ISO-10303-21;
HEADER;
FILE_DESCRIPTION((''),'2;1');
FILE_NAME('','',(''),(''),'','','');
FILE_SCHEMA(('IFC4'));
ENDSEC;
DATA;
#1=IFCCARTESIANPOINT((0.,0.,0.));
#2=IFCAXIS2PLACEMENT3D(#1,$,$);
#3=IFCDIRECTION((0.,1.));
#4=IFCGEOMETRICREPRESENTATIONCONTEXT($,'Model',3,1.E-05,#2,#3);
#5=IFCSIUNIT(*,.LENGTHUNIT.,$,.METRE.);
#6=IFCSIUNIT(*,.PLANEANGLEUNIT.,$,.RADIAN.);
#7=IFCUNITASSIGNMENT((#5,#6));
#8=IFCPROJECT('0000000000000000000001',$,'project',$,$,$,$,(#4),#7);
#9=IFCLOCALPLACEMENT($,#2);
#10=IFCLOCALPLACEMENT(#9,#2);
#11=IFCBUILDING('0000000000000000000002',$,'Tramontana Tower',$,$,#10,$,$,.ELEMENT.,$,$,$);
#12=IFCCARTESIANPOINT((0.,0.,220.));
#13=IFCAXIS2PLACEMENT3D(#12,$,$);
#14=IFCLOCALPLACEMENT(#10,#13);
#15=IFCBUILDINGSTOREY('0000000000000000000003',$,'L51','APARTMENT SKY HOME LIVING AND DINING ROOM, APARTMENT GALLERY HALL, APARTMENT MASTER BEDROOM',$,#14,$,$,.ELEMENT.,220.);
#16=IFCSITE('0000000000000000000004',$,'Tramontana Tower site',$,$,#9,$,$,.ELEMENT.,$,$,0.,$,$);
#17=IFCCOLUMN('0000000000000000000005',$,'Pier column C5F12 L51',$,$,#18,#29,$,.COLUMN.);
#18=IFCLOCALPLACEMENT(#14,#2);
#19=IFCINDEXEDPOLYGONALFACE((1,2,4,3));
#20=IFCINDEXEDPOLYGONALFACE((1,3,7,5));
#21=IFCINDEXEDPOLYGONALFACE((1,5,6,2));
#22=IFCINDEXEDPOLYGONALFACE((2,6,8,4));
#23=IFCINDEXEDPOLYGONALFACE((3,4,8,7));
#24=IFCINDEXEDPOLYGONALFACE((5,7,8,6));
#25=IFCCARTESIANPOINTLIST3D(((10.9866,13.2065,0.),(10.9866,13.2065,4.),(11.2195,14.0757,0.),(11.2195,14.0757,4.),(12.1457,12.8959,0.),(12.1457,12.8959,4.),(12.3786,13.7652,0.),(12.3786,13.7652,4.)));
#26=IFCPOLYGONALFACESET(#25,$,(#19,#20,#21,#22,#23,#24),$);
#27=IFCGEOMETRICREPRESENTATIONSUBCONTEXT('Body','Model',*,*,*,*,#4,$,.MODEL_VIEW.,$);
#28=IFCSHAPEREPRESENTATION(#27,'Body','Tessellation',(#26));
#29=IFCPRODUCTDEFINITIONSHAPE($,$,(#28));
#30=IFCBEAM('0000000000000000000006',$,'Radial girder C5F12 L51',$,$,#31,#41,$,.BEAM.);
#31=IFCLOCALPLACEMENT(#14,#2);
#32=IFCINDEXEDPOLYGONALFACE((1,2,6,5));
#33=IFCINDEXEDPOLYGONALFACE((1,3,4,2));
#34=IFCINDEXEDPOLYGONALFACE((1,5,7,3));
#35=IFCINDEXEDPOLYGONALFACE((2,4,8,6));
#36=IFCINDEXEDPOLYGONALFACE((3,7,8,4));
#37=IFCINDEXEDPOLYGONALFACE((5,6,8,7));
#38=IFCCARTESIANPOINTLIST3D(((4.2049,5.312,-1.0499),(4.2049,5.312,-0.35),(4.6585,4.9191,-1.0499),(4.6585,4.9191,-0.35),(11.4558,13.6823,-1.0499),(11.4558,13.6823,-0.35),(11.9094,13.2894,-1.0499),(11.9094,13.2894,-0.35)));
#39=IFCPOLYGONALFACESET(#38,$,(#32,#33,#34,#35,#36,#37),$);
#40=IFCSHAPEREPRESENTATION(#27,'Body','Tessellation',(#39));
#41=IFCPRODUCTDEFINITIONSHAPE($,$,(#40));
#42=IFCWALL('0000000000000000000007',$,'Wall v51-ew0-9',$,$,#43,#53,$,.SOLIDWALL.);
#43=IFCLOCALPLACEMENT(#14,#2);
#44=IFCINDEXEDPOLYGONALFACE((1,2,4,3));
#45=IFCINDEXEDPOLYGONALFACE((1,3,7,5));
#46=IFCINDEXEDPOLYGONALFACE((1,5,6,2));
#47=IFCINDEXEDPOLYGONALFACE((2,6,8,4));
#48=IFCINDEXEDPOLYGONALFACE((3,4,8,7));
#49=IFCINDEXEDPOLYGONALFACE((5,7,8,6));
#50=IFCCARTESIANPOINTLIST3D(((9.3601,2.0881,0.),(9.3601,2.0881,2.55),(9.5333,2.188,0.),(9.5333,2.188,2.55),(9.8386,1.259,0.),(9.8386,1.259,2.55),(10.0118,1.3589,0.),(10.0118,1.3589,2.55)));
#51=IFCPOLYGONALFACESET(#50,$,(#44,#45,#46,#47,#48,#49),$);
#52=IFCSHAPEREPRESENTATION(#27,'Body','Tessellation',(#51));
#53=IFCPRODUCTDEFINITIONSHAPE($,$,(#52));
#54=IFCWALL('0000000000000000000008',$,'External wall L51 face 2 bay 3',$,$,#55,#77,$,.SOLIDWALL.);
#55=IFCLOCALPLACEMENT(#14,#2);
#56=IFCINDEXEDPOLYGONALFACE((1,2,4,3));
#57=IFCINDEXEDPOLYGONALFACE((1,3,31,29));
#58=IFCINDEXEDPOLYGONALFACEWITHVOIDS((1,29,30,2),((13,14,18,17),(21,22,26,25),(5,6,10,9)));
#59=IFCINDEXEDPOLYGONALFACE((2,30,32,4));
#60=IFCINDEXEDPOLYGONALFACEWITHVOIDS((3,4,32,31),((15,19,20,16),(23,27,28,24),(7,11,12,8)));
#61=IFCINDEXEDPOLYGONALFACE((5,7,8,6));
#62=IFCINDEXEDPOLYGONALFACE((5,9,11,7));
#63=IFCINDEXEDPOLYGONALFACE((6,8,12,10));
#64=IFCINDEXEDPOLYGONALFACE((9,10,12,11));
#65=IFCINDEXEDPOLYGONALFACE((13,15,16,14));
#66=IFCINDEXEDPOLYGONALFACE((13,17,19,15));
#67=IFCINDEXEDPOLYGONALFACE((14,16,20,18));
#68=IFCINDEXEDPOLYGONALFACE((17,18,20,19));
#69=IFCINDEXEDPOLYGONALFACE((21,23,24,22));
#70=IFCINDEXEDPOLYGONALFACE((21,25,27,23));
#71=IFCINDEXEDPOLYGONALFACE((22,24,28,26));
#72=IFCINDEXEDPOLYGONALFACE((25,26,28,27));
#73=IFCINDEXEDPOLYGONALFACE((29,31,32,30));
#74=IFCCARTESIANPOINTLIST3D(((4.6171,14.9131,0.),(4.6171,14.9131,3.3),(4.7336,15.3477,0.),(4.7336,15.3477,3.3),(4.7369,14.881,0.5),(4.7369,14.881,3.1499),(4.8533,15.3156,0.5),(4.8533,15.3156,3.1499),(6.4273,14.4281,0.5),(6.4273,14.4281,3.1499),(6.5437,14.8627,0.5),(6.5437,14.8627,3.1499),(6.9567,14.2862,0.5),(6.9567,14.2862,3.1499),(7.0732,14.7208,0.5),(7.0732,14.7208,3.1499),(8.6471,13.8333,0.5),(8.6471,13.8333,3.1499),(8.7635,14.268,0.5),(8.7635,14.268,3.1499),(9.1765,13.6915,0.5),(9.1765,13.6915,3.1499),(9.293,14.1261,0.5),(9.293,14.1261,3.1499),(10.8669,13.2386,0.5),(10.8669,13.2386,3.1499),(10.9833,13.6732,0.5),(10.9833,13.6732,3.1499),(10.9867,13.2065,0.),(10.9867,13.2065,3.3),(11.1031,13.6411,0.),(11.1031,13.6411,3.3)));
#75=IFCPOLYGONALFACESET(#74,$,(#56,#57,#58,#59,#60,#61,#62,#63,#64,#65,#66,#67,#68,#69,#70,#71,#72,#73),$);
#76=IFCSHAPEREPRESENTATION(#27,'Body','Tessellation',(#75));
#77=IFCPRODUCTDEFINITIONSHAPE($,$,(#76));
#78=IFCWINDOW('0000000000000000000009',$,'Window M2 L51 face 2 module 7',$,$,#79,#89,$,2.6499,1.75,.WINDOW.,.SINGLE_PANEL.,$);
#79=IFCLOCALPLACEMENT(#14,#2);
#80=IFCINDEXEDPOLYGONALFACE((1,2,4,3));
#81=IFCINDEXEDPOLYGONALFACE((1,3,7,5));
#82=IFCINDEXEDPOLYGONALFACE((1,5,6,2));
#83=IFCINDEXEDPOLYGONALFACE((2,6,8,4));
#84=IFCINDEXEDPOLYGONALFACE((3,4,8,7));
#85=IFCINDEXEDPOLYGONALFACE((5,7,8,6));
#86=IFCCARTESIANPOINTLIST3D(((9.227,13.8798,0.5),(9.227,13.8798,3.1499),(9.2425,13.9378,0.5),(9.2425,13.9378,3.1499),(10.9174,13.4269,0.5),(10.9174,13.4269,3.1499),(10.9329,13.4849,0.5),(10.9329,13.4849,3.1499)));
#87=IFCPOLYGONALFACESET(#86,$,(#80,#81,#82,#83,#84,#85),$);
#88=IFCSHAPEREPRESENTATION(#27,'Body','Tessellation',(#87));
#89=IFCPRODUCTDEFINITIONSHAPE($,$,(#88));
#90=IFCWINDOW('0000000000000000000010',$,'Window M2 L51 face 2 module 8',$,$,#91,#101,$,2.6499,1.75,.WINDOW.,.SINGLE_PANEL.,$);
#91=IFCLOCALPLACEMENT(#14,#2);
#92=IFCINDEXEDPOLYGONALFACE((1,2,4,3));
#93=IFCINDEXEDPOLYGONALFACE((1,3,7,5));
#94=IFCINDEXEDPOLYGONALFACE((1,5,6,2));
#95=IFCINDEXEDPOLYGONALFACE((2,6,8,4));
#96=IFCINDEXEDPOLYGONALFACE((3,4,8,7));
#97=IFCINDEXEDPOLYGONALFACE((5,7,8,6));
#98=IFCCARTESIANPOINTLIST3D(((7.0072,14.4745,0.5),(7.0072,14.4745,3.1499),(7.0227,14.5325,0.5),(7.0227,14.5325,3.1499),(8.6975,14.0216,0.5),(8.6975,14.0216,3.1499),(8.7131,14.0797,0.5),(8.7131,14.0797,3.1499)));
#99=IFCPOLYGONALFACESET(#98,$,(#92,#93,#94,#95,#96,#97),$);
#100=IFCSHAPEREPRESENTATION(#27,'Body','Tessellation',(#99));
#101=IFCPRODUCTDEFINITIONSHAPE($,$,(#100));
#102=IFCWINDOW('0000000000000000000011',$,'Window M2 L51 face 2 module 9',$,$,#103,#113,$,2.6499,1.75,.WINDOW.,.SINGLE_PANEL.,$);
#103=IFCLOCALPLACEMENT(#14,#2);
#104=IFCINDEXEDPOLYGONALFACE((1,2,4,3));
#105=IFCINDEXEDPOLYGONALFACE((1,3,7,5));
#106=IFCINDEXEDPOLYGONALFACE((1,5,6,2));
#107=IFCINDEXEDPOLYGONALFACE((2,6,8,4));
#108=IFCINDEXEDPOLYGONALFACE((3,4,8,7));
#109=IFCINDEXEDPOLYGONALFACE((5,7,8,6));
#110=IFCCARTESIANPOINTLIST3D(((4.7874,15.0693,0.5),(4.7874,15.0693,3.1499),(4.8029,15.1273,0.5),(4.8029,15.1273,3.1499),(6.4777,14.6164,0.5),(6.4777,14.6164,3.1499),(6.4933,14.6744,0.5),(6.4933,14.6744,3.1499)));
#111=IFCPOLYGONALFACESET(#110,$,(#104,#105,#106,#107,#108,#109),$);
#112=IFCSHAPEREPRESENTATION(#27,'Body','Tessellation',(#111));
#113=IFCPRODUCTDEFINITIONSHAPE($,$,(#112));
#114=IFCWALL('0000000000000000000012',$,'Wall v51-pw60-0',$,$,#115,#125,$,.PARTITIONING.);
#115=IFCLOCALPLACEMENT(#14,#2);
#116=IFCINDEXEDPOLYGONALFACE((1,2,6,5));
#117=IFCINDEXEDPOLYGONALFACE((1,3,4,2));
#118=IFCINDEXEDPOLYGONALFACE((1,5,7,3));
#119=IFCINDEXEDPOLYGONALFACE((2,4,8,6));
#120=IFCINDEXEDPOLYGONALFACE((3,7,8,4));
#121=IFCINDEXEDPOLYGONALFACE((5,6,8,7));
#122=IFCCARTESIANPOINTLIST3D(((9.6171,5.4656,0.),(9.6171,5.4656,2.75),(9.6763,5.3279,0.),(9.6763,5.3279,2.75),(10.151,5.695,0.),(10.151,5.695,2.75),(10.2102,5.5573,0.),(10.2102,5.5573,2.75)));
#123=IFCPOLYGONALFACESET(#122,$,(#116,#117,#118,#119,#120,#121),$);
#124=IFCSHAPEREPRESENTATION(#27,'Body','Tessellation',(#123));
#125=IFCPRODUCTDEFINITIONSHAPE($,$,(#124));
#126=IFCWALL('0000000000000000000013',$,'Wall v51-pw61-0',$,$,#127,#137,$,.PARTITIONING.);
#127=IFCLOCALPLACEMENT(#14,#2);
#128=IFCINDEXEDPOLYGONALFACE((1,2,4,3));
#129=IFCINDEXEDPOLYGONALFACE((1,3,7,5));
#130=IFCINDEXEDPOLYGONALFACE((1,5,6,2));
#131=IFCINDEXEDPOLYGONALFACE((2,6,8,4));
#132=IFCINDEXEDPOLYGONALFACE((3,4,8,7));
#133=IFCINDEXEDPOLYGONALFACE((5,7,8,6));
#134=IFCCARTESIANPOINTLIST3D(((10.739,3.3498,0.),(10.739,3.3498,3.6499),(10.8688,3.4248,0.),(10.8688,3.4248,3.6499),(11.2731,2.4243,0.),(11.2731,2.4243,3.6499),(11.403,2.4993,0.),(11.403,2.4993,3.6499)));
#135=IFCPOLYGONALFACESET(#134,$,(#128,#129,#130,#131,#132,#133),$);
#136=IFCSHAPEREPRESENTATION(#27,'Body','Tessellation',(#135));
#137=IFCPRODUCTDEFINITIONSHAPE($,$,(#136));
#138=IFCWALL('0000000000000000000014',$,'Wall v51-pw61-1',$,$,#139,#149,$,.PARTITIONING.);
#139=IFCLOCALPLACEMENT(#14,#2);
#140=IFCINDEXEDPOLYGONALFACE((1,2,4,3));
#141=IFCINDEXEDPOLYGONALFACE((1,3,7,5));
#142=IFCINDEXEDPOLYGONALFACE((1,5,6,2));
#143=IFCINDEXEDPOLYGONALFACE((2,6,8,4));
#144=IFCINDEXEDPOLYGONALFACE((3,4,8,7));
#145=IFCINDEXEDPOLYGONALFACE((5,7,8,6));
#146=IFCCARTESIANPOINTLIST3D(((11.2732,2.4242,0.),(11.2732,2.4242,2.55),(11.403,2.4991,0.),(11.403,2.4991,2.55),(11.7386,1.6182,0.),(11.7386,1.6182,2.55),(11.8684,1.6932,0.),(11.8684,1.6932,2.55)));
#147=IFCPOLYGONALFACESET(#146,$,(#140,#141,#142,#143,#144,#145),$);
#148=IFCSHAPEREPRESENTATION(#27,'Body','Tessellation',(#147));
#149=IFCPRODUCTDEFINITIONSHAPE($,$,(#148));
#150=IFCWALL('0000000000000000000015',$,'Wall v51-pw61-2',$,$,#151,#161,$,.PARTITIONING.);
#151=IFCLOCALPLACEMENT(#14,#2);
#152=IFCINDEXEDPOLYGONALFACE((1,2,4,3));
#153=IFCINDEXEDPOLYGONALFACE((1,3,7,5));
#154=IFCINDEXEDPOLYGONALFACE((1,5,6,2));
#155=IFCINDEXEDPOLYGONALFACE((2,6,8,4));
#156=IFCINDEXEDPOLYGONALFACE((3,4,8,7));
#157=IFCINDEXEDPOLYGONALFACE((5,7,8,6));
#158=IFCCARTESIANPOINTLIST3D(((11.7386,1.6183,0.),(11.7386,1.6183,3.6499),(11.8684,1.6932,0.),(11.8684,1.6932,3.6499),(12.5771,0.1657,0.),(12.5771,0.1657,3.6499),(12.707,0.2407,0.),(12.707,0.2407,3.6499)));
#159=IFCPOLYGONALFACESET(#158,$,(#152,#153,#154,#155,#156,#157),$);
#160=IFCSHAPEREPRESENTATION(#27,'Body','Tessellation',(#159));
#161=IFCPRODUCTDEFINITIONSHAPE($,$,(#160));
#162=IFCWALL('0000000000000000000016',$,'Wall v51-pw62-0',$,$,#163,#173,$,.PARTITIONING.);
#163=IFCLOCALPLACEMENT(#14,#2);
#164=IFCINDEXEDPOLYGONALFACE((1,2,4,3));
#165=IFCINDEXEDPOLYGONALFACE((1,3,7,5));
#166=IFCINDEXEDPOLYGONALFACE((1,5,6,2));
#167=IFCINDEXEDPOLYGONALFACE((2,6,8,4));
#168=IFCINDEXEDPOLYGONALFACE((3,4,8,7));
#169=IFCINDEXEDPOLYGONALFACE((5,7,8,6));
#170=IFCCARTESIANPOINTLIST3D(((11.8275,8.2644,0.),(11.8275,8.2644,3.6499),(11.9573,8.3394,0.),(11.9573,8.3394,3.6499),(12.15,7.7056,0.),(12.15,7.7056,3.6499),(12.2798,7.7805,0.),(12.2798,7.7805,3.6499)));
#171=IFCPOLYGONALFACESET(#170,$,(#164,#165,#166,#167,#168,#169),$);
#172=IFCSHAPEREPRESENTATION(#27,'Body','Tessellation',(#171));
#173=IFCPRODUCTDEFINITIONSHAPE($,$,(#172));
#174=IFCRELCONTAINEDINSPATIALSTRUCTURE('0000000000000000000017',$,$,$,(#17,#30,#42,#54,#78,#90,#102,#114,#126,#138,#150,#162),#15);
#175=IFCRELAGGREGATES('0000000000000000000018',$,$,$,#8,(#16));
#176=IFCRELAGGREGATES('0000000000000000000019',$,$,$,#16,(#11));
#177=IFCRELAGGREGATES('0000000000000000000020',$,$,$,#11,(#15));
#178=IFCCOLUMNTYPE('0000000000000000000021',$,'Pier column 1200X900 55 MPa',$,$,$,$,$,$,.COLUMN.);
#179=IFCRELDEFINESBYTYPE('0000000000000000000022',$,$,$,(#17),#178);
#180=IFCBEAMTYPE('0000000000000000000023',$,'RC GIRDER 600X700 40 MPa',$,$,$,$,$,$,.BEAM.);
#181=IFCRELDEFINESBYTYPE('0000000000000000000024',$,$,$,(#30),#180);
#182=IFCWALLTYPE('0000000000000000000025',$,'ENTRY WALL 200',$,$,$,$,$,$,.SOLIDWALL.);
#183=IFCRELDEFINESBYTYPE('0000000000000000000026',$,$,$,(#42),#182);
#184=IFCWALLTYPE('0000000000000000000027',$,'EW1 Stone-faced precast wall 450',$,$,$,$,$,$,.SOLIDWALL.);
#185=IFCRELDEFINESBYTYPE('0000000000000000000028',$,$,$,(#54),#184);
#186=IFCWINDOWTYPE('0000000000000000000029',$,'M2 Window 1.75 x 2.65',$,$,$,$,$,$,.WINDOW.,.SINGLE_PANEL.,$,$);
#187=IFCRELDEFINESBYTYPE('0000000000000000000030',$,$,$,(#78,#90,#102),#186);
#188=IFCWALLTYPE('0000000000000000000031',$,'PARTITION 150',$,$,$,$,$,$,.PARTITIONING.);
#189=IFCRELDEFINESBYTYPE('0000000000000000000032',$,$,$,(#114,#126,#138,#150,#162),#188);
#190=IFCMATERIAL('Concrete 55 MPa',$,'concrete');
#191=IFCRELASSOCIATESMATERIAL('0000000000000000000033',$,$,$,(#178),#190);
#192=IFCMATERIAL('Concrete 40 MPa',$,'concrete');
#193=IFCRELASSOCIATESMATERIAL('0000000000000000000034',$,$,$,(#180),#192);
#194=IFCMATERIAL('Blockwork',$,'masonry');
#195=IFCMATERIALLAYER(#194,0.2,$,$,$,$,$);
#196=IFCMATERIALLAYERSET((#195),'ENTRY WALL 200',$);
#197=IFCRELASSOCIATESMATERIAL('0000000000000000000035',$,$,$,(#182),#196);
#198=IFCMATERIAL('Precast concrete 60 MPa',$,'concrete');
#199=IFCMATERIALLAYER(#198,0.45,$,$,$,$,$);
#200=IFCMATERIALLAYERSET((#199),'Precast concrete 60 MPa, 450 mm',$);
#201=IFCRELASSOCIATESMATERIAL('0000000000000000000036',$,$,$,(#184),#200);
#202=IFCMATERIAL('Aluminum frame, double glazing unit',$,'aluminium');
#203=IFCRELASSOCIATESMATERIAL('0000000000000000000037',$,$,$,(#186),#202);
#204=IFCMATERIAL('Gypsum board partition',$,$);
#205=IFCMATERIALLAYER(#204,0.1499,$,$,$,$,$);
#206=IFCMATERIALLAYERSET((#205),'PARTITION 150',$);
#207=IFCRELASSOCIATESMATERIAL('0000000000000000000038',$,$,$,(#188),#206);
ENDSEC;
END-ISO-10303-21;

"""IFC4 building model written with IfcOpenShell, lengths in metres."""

from ifc_helpers import new_model, si_unit, direction, frame, frame_2d, origin, origin_2d, place, context, subcontext, project, spatial, rectangle, extrude, material, layer, layer_set, material_profile, profile_set, type_object, element, fill, save


model = new_model("IFC4")

# Units and contexts
model_context = context("Model", 3, precision=1e-05, world=origin(), true_north=direction((0.0, 1.0)))
body_context = subcontext(model_context, "Body", "Model", "MODEL_VIEW")
ifc_project = project(units=[si_unit("LENGTHUNIT", "METRE"), si_unit("PLANEANGLEUNIT", "RADIAN")], contexts=[model_context])

# Site, building, storey
site_placement = place(None, origin())
site = spatial("IfcSite", under=ifc_project, at=site_placement, Name="Tramontana Tower site", CompositionType="ELEMENT", RefElevation=0.0)
building_placement = place(site_placement, origin())
building = spatial("IfcBuilding", under=site, at=building_placement, Name="Tramontana Tower", CompositionType="ELEMENT")
storey_placement = place(building_placement, frame((0.0, 0.0, 220.0)))
storey = spatial("IfcBuildingStorey", under=building, at=storey_placement, Name="L51", Description="APARTMENT SKY HOME LIVING AND DINING ROOM, APARTMENT GALLERY HALL, APARTMENT MASTER BEDROOM", CompositionType="ELEMENT", Elevation=220.0)

# Column
ifc_material_1 = material(Name="Concrete 55 MPa", Category="concrete")
ifc_material_profile_1 = material_profile(ifc_material_1, rectangle(XDim=1.2, YDim=0.8999, at=origin_2d()), Name="Pier column 1200X900 55 MPa")
ifc_profile_set_1 = profile_set([ifc_material_profile_1], Name="Concrete 55 MPa")
column_type = type_object("IfcColumnType", Name="Pier column 1200X900 55 MPa", PredefinedType="COLUMN", material=ifc_profile_set_1)
column_placement = place(storey_placement, frame((11.6826, 13.4858, 0.0), z_axis=(0.0, 0.0, 1.0), x_axis=(-0.965926, 0.258819, 0.0)))
element("IfcColumn", 1, at=column_placement, inside=storey, type_object=column_type, Name="Pier column C5F12 L51", PredefinedType="COLUMN", context=body_context, shape_type="SweptSolid", body=[
    extrude(rectangle(XDim=1.2, YDim=0.8999, at=origin_2d()), origin(), (0.0, 0.0, 1.0), 4.0),
])

# Beam
ifc_material_2 = material(Name="Concrete 40 MPa", Category="concrete")
ifc_material_profile_2 = material_profile(ifc_material_2, rectangle(XDim=0.6001, YDim=0.7, at=origin_2d()), Name="RC GIRDER 600X700 40 MPa")
ifc_profile_set_2 = profile_set([ifc_material_profile_2], Name="Concrete 40 MPa")
beam_type = type_object("IfcBeamType", Name="RC GIRDER 600X700 40 MPa", PredefinedType="BEAM", material=ifc_profile_set_2)
beam_placement = place(storey_placement, frame((11.6826, 13.4858, -0.7), z_axis=(-0.654758, -0.755838, 0.0), x_axis=(0.755838, -0.654758, 0.0)))
element("IfcBeam", 2, at=beam_placement, inside=storey, type_object=beam_type, Name="Radial girder C5F12 L51", PredefinedType="BEAM", context=body_context, shape_type="SweptSolid", body=[
    extrude(rectangle(XDim=0.6001, YDim=0.7, at=origin_2d()), origin(), (0.0, 0.0, 1.0), 11.0742),
])

# Wall
ifc_material_3 = material(Name="Blockwork", Category="masonry")
ifc_layer_1 = layer(ifc_material_3, 0.2)
ifc_layer_set_1 = layer_set([ifc_layer_1], Name="ENTRY WALL 200")
wall_type_1 = type_object("IfcWallType", Name="ENTRY WALL 200", PredefinedType="SOLIDWALL", material=ifc_layer_set_1)
wall_1_placement = place(storey_placement, frame((9.4468, 2.1379, 0.0), z_axis=(0.0, 0.0, 1.0), x_axis=(0.49987, -0.866101, 0.0)))
element("IfcWall", 3, at=wall_1_placement, inside=storey, type_object=wall_type_1, Name="Wall v51-ew0-9", PredefinedType="SOLIDWALL", context=body_context, shape_type="SweptSolid", body=[
    extrude(rectangle(XDim=0.9573, YDim=0.2, at=frame_2d((0.4785, 0.0))), origin(), (0.0, 0.0, 1.0), 2.55),
])

# Wall, openings, windows
ifc_material_4 = material(Name="Precast concrete 60 MPa", Category="concrete")
ifc_layer_2 = layer(ifc_material_4, 0.45)
ifc_layer_set_2 = layer_set([ifc_layer_2], Name="Precast concrete 60 MPa, 450 mm")
wall_type_2 = type_object("IfcWallType", Name="EW1 Stone-faced precast wall 450", PredefinedType="SOLIDWALL", material=ifc_layer_set_2)
wall_2_placement = place(storey_placement, frame((11.0449, 13.4238, 0.0), z_axis=(0.0, 0.0, 1.0), x_axis=(-0.965933, 0.258792, 0.0)))
wall_2 = element("IfcWall", 4, at=wall_2_placement, inside=storey, type_object=wall_type_2, Name="External wall L51 face 2 bay 3", PredefinedType="SOLIDWALL", context=body_context, shape_type="SweptSolid", body=[
    extrude(rectangle(XDim=6.5942, YDim=0.45, at=frame_2d((3.2971, 0.0))), origin(), (0.0, 0.0, 1.0), 3.3),
])
opening_1_placement = place(wall_2_placement, frame((0.124, 0.0, 0.5)))
opening_1 = element("IfcOpeningElement", 5, at=opening_1_placement, cuts=wall_2, PredefinedType="OPENING", context=body_context, shape_type="SweptSolid", body=[
    extrude(rectangle(XDim=1.75, YDim=2.6499, at=frame_2d((0.875, 1.325))), frame((0.0, 0.2349, 0.0), z_axis=(0.0, -1.0, 0.0), x_axis=(1.0, 0.0, 0.0)), (0.0, 0.0, 1.0), 0.47),
])
opening_2_placement = place(wall_2_placement, frame((2.4221, 0.0, 0.5)))
opening_2 = element("IfcOpeningElement", 6, at=opening_2_placement, cuts=wall_2, PredefinedType="OPENING", context=body_context, shape_type="SweptSolid", body=[
    extrude(rectangle(XDim=1.75, YDim=2.6499, at=frame_2d((0.875, 1.325))), frame((0.0, 0.2349, 0.0), z_axis=(0.0, -1.0, 0.0), x_axis=(1.0, 0.0, 0.0)), (0.0, 0.0, 1.0), 0.47),
])
opening_3_placement = place(wall_2_placement, frame((4.7202, 0.0, 0.5)))
opening_3 = element("IfcOpeningElement", 7, at=opening_3_placement, cuts=wall_2, PredefinedType="OPENING", context=body_context, shape_type="SweptSolid", body=[
    extrude(rectangle(XDim=1.75, YDim=2.6499, at=frame_2d((0.875, 1.325))), frame((0.0, 0.2349, 0.0), z_axis=(0.0, -1.0, 0.0), x_axis=(1.0, 0.0, 0.0)), (0.0, 0.0, 1.0), 0.47),
])
ifc_material_5 = material(Name="Aluminum frame, double glazing unit", Category="aluminium")
window_type = type_object("IfcWindowType", Name="M2 Window 1.75 x 2.65", PartitioningType="SINGLE_PANEL", PredefinedType="WINDOW", material=ifc_material_5)
window_1_placement = place(opening_1_placement, origin())
window_1 = element("IfcWindow", 8, at=window_1_placement, inside=storey, type_object=window_type, Name="Window M2 L51 face 2 module 7", OverallHeight=2.6499, OverallWidth=1.75, PartitioningType="SINGLE_PANEL", PredefinedType="WINDOW", context=body_context, shape_type="SweptSolid", body=[
    extrude(rectangle(XDim=1.75, YDim=2.6499, at=frame_2d((0.875, 1.325))), frame((0.0, 0.03, 0.0), z_axis=(0.0, -1.0, 0.0), x_axis=(1.0, 0.0, 0.0)), (0.0, 0.0, 1.0), 0.0601),
])
fill(opening_1, window_1)
window_2_placement = place(opening_2_placement, origin())
window_2 = element("IfcWindow", 9, at=window_2_placement, inside=storey, type_object=window_type, Name="Window M2 L51 face 2 module 8", OverallHeight=2.6499, OverallWidth=1.75, PartitioningType="SINGLE_PANEL", PredefinedType="WINDOW", context=body_context, shape_type="SweptSolid", body=[
    extrude(rectangle(XDim=1.75, YDim=2.6499, at=frame_2d((0.875, 1.325))), frame((0.0, 0.03, 0.0), z_axis=(0.0, -1.0, 0.0), x_axis=(1.0, 0.0, 0.0)), (0.0, 0.0, 1.0), 0.0601),
])
fill(opening_2, window_2)
window_3_placement = place(opening_3_placement, origin())
window_3 = element("IfcWindow", 10, at=window_3_placement, inside=storey, type_object=window_type, Name="Window M2 L51 face 2 module 9", OverallHeight=2.6499, OverallWidth=1.75, PartitioningType="SINGLE_PANEL", PredefinedType="WINDOW", context=body_context, shape_type="SweptSolid", body=[
    extrude(rectangle(XDim=1.75, YDim=2.6499, at=frame_2d((0.875, 1.325))), frame((0.0, 0.03, 0.0), z_axis=(0.0, -1.0, 0.0), x_axis=(1.0, 0.0, 0.0)), (0.0, 0.0, 1.0), 0.0601),
])
fill(opening_3, window_3)

# Wall
ifc_material_6 = material(Name="Gypsum board partition")
ifc_layer_3 = layer(ifc_material_6, 0.1499)
ifc_layer_set_3 = layer_set([ifc_layer_3], Name="PARTITION 150")
wall_type_3 = type_object("IfcWallType", Name="PARTITION 150", PredefinedType="PARTITIONING", material=ifc_layer_set_3)
wall_3_placement = place(storey_placement, frame((9.6467, 5.3967, 0.0), z_axis=(0.0, 0.0, 1.0), x_axis=(0.918732, 0.394882, 0.0)))
element("IfcWall", 11, at=wall_3_placement, inside=storey, type_object=wall_type_3, Name="Wall v51-pw60-0", PredefinedType="PARTITIONING", context=body_context, shape_type="SweptSolid", body=[
    extrude(rectangle(XDim=0.5811, YDim=0.1499, at=frame_2d((0.2905, 0.0))), origin(), (0.0, 0.0, 1.0), 2.75),
])

# Walls
wall_4_placement = place(storey_placement, frame((10.804, 3.3872, 0.0), z_axis=(0.0, 0.0, 1.0), x_axis=(0.499874, -0.866098, 0.0)))
element("IfcWall", 12, at=wall_4_placement, inside=storey, type_object=wall_type_3, Name="Wall v51-pw61-0", PredefinedType="PARTITIONING", context=body_context, shape_type="SweptSolid", body=[
    extrude(rectangle(XDim=1.0686, YDim=0.1499, at=frame_2d((0.5342, 0.0))), origin(), (0.0, 0.0, 1.0), 3.6499),
])
wall_5_placement = place(storey_placement, frame((11.3381, 2.4617, 0.0), z_axis=(0.0, 0.0, 1.0), x_axis=(0.500033, -0.866006, 0.0)))
element("IfcWall", 13, at=wall_5_placement, inside=storey, type_object=wall_type_3, Name="Wall v51-pw61-1", PredefinedType="PARTITIONING", context=body_context, shape_type="SweptSolid", body=[
    extrude(rectangle(XDim=0.9307, YDim=0.1499, at=frame_2d((0.4653, 0.0))), origin(), (0.0, 0.0, 1.0), 2.55),
])
wall_6_placement = place(storey_placement, frame((11.8035, 1.6558, 0.0), z_axis=(0.0, 0.0, 1.0), x_axis=(0.499974, -0.86604, 0.0)))
element("IfcWall", 14, at=wall_6_placement, inside=storey, type_object=wall_type_3, Name="Wall v51-pw61-2", PredefinedType="PARTITIONING", context=body_context, shape_type="SweptSolid", body=[
    extrude(rectangle(XDim=1.6772, YDim=0.1499, at=frame_2d((0.8386, 0.0))), origin(), (0.0, 0.0, 1.0), 3.6499),
])
wall_7_placement = place(storey_placement, frame((11.8923, 8.302, 0.0), z_axis=(0.0, 0.0, 1.0), x_axis=(0.499843, -0.866116, 0.0)))
element("IfcWall", 15, at=wall_7_placement, inside=storey, type_object=wall_type_3, Name="Wall v51-pw62-0", PredefinedType="PARTITIONING", context=body_context, shape_type="SweptSolid", body=[
    extrude(rectangle(XDim=0.6453, YDim=0.1499, at=frame_2d((0.3228, 0.0))), origin(), (0.0, 0.0, 1.0), 3.6499),
])

save(model, "model.ifc")
